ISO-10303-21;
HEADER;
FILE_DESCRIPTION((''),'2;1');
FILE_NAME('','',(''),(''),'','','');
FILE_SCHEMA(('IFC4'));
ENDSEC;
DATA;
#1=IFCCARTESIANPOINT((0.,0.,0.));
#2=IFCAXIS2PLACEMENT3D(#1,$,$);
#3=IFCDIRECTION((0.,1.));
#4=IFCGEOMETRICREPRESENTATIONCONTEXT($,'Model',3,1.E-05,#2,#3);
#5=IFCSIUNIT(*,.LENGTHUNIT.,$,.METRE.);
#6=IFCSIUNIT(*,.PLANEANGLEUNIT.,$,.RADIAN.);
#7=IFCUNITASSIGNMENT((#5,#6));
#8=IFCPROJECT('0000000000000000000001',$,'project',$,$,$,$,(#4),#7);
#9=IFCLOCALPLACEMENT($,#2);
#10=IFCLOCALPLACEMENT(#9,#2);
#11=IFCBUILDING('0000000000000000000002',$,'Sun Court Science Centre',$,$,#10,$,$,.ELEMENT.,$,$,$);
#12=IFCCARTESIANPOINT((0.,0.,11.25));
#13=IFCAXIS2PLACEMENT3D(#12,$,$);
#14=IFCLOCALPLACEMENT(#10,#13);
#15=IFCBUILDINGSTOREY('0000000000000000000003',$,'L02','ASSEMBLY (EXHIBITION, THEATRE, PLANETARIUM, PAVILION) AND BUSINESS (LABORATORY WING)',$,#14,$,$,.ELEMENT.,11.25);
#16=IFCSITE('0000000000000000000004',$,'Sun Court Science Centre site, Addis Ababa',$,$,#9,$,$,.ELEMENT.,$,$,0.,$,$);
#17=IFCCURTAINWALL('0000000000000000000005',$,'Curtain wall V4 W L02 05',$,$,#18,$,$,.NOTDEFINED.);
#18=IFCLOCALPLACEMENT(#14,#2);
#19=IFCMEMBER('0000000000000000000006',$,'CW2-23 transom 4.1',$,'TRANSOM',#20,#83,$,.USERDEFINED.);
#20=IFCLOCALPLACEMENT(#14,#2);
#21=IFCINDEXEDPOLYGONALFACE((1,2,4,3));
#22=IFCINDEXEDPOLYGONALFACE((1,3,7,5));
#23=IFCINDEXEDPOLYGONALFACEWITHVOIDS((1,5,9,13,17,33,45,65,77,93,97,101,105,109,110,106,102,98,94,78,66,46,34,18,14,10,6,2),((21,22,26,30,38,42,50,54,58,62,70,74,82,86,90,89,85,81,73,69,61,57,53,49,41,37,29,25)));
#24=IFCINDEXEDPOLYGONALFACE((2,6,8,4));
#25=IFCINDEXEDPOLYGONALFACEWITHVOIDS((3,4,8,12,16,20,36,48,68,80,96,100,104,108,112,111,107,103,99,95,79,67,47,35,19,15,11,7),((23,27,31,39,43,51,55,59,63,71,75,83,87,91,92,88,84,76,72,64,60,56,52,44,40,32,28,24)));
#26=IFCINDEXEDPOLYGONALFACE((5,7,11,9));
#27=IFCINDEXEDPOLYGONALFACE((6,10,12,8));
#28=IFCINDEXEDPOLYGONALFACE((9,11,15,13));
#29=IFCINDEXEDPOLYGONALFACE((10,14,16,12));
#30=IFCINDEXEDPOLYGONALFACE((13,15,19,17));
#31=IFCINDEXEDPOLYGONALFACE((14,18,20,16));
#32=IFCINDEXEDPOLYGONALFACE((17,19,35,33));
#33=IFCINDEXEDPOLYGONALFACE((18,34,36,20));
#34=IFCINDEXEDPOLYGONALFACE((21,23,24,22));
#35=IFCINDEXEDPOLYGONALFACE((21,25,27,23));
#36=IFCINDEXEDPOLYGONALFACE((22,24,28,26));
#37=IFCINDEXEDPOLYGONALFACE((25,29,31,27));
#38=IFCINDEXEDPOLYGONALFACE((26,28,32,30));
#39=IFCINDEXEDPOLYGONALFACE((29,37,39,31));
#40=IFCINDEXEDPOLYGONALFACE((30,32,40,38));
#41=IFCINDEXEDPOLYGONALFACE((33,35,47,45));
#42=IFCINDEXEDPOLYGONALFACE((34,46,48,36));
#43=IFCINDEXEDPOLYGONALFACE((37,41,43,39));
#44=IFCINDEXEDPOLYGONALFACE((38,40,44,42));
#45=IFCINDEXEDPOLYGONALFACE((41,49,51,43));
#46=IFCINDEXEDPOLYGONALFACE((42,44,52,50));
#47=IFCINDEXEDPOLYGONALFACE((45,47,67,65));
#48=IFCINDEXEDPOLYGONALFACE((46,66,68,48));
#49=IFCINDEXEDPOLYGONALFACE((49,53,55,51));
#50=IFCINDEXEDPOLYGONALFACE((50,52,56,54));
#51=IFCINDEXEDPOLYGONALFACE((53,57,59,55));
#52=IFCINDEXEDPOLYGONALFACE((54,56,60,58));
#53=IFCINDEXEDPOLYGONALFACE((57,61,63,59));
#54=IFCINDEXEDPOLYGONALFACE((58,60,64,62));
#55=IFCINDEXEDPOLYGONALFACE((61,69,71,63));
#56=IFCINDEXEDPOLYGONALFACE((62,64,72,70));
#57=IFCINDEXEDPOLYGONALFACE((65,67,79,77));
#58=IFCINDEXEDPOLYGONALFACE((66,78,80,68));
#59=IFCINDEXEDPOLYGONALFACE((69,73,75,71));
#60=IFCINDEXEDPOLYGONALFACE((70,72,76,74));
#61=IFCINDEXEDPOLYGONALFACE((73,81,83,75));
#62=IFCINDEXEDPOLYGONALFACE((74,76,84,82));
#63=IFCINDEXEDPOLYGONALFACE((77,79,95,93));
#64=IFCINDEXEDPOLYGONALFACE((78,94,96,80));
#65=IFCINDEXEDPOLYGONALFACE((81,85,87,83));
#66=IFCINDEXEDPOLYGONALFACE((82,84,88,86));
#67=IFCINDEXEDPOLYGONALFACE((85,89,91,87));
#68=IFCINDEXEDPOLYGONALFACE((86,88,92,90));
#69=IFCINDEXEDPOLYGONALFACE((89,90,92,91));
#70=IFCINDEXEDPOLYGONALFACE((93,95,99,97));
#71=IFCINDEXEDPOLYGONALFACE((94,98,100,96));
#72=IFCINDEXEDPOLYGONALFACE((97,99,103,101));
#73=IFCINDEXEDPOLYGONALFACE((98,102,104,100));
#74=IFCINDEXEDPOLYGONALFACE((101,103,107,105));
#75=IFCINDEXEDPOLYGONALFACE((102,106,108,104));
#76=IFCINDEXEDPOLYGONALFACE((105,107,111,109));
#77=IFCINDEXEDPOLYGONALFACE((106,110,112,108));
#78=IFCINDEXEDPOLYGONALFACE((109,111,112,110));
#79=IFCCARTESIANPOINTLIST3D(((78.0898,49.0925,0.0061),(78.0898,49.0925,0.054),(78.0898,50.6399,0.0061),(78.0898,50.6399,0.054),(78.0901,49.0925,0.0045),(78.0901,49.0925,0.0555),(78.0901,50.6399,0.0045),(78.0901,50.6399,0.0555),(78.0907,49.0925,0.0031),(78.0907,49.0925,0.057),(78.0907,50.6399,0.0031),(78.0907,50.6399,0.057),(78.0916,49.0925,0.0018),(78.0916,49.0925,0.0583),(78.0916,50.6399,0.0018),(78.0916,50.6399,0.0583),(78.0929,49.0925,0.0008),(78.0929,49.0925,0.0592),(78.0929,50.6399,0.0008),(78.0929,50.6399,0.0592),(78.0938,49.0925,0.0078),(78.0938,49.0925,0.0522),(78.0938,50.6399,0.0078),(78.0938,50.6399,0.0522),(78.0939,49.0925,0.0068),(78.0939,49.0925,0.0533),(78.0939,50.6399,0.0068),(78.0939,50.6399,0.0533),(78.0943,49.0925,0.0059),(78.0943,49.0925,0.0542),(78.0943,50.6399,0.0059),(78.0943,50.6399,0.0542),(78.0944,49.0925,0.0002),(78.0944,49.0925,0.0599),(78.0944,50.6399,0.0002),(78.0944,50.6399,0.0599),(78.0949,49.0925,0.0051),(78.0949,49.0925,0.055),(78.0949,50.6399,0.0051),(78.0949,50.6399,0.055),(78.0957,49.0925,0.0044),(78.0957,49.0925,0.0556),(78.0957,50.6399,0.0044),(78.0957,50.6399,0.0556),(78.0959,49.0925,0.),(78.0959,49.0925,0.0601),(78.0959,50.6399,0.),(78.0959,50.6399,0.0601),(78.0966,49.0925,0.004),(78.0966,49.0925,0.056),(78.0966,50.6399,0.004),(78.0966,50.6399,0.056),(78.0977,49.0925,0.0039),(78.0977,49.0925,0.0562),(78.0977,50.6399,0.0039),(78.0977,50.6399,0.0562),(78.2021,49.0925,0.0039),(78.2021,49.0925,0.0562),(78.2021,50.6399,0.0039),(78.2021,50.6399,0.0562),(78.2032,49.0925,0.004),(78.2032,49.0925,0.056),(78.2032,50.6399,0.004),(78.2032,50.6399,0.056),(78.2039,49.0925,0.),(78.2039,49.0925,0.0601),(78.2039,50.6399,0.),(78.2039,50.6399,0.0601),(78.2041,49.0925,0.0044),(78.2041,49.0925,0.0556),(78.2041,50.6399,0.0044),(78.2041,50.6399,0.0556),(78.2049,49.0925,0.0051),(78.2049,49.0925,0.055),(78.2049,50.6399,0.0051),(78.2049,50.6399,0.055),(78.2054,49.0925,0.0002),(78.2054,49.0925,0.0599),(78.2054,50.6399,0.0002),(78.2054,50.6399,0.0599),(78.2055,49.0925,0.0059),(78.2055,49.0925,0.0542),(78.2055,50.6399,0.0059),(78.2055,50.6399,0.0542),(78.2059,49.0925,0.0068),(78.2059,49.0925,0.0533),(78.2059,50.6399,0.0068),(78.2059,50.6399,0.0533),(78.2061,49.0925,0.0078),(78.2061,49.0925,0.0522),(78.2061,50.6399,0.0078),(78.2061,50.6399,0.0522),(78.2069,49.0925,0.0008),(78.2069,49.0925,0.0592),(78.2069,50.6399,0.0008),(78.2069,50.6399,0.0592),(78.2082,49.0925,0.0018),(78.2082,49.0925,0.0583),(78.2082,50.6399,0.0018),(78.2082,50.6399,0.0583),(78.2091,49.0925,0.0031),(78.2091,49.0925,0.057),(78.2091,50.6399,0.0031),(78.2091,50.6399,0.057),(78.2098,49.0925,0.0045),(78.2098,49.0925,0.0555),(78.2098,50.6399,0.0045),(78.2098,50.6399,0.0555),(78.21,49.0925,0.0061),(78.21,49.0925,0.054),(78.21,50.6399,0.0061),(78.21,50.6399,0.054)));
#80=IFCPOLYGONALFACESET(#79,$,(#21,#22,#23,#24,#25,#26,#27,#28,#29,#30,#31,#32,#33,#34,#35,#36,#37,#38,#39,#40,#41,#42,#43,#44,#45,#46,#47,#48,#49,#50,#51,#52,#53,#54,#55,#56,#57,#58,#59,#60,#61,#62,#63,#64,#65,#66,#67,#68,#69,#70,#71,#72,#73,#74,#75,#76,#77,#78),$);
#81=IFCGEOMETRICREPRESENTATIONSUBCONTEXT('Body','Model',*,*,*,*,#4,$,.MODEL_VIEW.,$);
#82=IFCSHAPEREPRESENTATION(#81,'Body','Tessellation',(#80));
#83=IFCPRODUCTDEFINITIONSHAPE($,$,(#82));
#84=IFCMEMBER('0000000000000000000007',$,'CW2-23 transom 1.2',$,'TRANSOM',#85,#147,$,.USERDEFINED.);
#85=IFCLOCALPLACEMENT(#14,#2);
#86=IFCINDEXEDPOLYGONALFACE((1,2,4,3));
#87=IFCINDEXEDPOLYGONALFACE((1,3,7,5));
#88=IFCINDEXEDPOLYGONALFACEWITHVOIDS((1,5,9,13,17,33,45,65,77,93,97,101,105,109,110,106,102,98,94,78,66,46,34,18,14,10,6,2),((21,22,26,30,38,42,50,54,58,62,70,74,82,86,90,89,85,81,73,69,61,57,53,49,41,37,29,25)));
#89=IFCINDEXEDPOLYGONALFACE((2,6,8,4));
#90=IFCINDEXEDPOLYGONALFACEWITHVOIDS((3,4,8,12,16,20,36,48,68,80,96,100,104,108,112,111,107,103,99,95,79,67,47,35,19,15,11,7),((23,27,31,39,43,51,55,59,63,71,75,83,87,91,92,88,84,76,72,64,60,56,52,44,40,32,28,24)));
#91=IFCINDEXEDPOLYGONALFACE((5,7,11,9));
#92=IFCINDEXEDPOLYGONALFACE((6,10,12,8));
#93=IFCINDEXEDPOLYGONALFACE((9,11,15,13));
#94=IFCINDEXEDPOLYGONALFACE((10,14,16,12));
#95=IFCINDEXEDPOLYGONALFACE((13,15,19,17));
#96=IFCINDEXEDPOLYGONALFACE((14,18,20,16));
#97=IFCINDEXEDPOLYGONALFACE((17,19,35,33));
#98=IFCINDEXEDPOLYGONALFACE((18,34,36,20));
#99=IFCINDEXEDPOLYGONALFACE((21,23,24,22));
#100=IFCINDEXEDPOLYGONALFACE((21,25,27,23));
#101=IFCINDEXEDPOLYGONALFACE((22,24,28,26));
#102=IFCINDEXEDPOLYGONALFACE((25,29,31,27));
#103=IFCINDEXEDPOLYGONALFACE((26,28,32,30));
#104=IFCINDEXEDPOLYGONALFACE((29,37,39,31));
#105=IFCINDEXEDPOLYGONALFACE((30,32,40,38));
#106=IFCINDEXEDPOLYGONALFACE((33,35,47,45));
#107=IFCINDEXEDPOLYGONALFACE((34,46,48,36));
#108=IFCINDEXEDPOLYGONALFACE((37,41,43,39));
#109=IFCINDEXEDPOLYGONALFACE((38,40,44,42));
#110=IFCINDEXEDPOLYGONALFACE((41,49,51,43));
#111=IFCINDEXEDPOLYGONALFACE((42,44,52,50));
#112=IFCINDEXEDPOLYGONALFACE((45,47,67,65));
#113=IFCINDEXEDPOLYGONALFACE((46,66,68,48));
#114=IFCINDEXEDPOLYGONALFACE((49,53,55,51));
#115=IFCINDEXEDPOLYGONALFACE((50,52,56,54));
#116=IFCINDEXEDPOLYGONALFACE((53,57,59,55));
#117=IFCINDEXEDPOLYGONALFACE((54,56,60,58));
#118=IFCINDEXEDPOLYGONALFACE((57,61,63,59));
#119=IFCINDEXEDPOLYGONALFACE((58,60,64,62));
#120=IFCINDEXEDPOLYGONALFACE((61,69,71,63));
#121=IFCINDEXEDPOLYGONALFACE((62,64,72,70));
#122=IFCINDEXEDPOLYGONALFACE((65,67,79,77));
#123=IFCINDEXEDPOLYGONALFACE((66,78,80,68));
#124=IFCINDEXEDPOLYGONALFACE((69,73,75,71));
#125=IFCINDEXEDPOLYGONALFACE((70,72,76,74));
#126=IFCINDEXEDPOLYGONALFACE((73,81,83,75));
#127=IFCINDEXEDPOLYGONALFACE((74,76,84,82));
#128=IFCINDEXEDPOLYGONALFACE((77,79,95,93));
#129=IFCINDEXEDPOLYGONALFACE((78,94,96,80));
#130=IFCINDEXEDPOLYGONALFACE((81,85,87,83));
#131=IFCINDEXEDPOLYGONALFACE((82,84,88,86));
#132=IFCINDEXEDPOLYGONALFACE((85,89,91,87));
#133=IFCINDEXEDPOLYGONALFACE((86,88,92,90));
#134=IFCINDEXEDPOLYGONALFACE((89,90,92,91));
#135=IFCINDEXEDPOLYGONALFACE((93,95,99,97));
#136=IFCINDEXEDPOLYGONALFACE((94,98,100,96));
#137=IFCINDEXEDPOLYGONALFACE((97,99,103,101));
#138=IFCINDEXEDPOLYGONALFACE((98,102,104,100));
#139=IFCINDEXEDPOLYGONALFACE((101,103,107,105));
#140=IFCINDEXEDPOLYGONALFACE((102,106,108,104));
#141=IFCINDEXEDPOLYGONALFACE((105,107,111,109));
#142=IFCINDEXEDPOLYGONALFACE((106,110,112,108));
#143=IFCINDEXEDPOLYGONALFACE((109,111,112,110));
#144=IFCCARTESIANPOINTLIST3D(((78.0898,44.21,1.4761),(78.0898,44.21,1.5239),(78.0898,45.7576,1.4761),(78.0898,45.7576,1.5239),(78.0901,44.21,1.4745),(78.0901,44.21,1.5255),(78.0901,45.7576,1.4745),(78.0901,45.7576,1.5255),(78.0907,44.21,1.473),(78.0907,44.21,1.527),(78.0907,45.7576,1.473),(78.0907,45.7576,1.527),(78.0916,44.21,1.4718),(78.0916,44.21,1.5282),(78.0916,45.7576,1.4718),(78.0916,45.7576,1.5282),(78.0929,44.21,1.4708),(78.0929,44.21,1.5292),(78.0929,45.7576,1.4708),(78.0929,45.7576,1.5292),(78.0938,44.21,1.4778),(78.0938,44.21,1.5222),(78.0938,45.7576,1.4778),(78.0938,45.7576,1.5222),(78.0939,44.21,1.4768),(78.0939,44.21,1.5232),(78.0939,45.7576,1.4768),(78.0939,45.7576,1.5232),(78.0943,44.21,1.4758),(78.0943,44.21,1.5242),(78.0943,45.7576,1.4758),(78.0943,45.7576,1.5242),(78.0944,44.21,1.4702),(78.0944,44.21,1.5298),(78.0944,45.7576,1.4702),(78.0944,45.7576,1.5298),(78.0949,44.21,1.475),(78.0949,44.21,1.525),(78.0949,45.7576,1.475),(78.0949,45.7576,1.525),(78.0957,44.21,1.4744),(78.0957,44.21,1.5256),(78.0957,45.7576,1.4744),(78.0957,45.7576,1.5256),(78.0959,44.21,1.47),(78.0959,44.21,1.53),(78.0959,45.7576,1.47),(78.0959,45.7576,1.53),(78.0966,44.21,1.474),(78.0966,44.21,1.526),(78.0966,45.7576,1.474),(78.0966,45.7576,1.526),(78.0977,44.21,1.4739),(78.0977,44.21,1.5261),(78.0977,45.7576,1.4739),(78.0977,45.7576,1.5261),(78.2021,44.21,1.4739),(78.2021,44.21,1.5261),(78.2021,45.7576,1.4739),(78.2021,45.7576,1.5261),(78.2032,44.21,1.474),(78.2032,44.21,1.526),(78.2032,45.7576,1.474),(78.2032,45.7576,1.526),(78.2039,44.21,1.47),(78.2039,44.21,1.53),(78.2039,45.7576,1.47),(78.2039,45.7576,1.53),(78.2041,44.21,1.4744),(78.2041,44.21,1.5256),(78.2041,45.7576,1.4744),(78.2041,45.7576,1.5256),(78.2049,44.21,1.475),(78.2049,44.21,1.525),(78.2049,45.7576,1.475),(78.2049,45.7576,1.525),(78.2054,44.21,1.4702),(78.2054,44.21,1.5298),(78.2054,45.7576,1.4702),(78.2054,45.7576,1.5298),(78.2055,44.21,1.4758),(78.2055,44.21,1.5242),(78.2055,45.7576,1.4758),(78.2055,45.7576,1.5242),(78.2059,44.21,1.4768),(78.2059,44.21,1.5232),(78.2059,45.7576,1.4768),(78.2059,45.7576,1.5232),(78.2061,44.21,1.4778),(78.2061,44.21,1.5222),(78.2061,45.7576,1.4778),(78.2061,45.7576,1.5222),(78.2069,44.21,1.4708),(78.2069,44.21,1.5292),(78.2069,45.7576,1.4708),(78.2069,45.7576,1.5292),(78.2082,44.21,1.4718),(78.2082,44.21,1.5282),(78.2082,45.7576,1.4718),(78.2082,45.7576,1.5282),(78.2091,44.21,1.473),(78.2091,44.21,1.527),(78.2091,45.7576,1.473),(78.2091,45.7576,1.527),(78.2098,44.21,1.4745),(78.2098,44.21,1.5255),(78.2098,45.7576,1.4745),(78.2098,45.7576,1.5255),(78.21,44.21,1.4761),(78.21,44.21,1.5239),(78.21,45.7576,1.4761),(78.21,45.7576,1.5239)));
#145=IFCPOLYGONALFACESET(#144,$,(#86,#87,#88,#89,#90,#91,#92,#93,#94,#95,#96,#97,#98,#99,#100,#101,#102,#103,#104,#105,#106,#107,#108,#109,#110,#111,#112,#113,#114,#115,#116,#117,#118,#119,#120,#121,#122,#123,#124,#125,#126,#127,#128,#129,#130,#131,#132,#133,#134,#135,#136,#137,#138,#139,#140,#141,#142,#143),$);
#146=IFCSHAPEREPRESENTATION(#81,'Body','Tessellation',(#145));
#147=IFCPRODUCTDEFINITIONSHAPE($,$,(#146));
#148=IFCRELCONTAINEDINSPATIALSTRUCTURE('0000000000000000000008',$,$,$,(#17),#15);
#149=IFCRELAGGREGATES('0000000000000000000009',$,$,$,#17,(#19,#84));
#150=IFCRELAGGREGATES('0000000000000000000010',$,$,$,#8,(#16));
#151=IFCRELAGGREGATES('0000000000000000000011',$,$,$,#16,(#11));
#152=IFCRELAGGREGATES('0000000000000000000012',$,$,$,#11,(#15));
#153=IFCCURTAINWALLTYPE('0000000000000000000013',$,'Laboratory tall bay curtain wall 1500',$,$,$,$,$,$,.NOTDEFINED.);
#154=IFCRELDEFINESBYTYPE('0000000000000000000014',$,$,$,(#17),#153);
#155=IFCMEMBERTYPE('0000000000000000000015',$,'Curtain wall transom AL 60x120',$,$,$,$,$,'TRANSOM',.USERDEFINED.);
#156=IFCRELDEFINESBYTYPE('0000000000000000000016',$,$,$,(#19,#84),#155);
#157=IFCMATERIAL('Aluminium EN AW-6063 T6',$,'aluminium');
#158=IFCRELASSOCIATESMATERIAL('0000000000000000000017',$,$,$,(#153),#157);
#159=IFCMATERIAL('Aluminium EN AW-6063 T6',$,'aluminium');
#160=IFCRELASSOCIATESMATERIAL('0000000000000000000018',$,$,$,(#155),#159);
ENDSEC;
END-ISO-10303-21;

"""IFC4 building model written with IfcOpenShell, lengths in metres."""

from ifc_helpers import new_model, si_unit, direction, frame, origin, origin_2d, place, context, subcontext, project, spatial, hollow_rectangle, extrude, material, material_profile, profile_set, type_object, element, aggregate, save


model = new_model("IFC4")

# Units and contexts
model_context = context("Model", 3, precision=1e-05, world=origin(), true_north=direction((0.0, 1.0)))
body_context = subcontext(model_context, "Body", "Model", "MODEL_VIEW")
ifc_project = project(units=[si_unit("LENGTHUNIT", "METRE"), si_unit("PLANEANGLEUNIT", "RADIAN")], contexts=[model_context])

# Site, building, storey
site_placement = place(None, origin())
site = spatial("IfcSite", under=ifc_project, at=site_placement, Name="Sun Court Science Centre site, Addis Ababa", CompositionType="ELEMENT", RefElevation=0.0)
building_placement = place(site_placement, origin())
building = spatial("IfcBuilding", under=site, at=building_placement, Name="Sun Court Science Centre", CompositionType="ELEMENT")
storey_placement = place(building_placement, frame((0.0, 0.0, 11.25)))
storey = spatial("IfcBuildingStorey", under=building, at=storey_placement, Name="L02", Description="ASSEMBLY (EXHIBITION, THEATRE, PLANETARIUM, PAVILION) AND BUSINESS (LABORATORY WING)", CompositionType="ELEMENT", Elevation=11.25)

# Shared definitions
ifc_material_1 = material(Name="Aluminium EN AW-6063 T6", Category="aluminium")
curtain_wall_type = type_object("IfcCurtainWallType", Name="Laboratory tall bay curtain wall 1500", PredefinedType="NOTDEFINED", material=ifc_material_1)

# Curtain wall, members
curtain_wall_1_placement = place(storey_placement, origin())
curtain_wall_1 = element("IfcCurtainWall", 1, at=curtain_wall_1_placement, inside=storey, type_object=curtain_wall_type, Name="Curtain wall V4 W L02 05", PredefinedType="NOTDEFINED")
ifc_material_2 = material(Name="Aluminium EN AW-6063 T6", Category="aluminium")
ifc_material_profile_1 = material_profile(ifc_material_2, hollow_rectangle(XDim=0.0601, YDim=0.1201, WallThickness=0.0039, InnerFilletRadius=0.0039, OuterFilletRadius=0.0061, at=origin_2d()), Name="AL 60x120x4")
ifc_profile_set_1 = profile_set([ifc_material_profile_1], Name="Aluminium EN AW-6063 T6")
member_type_1 = type_object("IfcMemberType", Name="Curtain wall transom AL 60x120", ElementType="TRANSOM", PredefinedType="USERDEFINED", material=ifc_profile_set_1)
member_1_placement = place(storey_placement, frame((78.1499, 49.0925, 0.03), z_axis=(0.0, 1.0, 0.0), x_axis=(0.0, 0.0, 1.0)))
member_1 = element("IfcMember", 2, at=member_1_placement, type_object=member_type_1, Name="CW2-23 transom 4.1", ObjectType="TRANSOM", PredefinedType="USERDEFINED", context=body_context, shape_type="SweptSolid", body=[
    extrude(hollow_rectangle(XDim=0.0601, YDim=0.1201, WallThickness=0.0039, InnerFilletRadius=0.0039, OuterFilletRadius=0.0061, at=origin_2d()), origin(), (0.0, 0.0, 1.0), 1.5474),
])
member_2_placement = place(storey_placement, frame((78.1499, 44.21, 1.5), z_axis=(0.0, 1.0, 0.0), x_axis=(0.0, 0.0, 1.0)))
member_2 = element("IfcMember", 3, at=member_2_placement, type_object=member_type_1, Name="CW2-23 transom 1.2", ObjectType="TRANSOM", PredefinedType="USERDEFINED", context=body_context, shape_type="SweptSolid", body=[
    extrude(hollow_rectangle(XDim=0.0601, YDim=0.1201, WallThickness=0.0039, InnerFilletRadius=0.0039, OuterFilletRadius=0.0061, at=origin_2d()), origin(), (0.0, 0.0, 1.0), 1.5476),
])

aggregate(curtain_wall_1, [member_1, member_2])

save(model, "model.ifc")
